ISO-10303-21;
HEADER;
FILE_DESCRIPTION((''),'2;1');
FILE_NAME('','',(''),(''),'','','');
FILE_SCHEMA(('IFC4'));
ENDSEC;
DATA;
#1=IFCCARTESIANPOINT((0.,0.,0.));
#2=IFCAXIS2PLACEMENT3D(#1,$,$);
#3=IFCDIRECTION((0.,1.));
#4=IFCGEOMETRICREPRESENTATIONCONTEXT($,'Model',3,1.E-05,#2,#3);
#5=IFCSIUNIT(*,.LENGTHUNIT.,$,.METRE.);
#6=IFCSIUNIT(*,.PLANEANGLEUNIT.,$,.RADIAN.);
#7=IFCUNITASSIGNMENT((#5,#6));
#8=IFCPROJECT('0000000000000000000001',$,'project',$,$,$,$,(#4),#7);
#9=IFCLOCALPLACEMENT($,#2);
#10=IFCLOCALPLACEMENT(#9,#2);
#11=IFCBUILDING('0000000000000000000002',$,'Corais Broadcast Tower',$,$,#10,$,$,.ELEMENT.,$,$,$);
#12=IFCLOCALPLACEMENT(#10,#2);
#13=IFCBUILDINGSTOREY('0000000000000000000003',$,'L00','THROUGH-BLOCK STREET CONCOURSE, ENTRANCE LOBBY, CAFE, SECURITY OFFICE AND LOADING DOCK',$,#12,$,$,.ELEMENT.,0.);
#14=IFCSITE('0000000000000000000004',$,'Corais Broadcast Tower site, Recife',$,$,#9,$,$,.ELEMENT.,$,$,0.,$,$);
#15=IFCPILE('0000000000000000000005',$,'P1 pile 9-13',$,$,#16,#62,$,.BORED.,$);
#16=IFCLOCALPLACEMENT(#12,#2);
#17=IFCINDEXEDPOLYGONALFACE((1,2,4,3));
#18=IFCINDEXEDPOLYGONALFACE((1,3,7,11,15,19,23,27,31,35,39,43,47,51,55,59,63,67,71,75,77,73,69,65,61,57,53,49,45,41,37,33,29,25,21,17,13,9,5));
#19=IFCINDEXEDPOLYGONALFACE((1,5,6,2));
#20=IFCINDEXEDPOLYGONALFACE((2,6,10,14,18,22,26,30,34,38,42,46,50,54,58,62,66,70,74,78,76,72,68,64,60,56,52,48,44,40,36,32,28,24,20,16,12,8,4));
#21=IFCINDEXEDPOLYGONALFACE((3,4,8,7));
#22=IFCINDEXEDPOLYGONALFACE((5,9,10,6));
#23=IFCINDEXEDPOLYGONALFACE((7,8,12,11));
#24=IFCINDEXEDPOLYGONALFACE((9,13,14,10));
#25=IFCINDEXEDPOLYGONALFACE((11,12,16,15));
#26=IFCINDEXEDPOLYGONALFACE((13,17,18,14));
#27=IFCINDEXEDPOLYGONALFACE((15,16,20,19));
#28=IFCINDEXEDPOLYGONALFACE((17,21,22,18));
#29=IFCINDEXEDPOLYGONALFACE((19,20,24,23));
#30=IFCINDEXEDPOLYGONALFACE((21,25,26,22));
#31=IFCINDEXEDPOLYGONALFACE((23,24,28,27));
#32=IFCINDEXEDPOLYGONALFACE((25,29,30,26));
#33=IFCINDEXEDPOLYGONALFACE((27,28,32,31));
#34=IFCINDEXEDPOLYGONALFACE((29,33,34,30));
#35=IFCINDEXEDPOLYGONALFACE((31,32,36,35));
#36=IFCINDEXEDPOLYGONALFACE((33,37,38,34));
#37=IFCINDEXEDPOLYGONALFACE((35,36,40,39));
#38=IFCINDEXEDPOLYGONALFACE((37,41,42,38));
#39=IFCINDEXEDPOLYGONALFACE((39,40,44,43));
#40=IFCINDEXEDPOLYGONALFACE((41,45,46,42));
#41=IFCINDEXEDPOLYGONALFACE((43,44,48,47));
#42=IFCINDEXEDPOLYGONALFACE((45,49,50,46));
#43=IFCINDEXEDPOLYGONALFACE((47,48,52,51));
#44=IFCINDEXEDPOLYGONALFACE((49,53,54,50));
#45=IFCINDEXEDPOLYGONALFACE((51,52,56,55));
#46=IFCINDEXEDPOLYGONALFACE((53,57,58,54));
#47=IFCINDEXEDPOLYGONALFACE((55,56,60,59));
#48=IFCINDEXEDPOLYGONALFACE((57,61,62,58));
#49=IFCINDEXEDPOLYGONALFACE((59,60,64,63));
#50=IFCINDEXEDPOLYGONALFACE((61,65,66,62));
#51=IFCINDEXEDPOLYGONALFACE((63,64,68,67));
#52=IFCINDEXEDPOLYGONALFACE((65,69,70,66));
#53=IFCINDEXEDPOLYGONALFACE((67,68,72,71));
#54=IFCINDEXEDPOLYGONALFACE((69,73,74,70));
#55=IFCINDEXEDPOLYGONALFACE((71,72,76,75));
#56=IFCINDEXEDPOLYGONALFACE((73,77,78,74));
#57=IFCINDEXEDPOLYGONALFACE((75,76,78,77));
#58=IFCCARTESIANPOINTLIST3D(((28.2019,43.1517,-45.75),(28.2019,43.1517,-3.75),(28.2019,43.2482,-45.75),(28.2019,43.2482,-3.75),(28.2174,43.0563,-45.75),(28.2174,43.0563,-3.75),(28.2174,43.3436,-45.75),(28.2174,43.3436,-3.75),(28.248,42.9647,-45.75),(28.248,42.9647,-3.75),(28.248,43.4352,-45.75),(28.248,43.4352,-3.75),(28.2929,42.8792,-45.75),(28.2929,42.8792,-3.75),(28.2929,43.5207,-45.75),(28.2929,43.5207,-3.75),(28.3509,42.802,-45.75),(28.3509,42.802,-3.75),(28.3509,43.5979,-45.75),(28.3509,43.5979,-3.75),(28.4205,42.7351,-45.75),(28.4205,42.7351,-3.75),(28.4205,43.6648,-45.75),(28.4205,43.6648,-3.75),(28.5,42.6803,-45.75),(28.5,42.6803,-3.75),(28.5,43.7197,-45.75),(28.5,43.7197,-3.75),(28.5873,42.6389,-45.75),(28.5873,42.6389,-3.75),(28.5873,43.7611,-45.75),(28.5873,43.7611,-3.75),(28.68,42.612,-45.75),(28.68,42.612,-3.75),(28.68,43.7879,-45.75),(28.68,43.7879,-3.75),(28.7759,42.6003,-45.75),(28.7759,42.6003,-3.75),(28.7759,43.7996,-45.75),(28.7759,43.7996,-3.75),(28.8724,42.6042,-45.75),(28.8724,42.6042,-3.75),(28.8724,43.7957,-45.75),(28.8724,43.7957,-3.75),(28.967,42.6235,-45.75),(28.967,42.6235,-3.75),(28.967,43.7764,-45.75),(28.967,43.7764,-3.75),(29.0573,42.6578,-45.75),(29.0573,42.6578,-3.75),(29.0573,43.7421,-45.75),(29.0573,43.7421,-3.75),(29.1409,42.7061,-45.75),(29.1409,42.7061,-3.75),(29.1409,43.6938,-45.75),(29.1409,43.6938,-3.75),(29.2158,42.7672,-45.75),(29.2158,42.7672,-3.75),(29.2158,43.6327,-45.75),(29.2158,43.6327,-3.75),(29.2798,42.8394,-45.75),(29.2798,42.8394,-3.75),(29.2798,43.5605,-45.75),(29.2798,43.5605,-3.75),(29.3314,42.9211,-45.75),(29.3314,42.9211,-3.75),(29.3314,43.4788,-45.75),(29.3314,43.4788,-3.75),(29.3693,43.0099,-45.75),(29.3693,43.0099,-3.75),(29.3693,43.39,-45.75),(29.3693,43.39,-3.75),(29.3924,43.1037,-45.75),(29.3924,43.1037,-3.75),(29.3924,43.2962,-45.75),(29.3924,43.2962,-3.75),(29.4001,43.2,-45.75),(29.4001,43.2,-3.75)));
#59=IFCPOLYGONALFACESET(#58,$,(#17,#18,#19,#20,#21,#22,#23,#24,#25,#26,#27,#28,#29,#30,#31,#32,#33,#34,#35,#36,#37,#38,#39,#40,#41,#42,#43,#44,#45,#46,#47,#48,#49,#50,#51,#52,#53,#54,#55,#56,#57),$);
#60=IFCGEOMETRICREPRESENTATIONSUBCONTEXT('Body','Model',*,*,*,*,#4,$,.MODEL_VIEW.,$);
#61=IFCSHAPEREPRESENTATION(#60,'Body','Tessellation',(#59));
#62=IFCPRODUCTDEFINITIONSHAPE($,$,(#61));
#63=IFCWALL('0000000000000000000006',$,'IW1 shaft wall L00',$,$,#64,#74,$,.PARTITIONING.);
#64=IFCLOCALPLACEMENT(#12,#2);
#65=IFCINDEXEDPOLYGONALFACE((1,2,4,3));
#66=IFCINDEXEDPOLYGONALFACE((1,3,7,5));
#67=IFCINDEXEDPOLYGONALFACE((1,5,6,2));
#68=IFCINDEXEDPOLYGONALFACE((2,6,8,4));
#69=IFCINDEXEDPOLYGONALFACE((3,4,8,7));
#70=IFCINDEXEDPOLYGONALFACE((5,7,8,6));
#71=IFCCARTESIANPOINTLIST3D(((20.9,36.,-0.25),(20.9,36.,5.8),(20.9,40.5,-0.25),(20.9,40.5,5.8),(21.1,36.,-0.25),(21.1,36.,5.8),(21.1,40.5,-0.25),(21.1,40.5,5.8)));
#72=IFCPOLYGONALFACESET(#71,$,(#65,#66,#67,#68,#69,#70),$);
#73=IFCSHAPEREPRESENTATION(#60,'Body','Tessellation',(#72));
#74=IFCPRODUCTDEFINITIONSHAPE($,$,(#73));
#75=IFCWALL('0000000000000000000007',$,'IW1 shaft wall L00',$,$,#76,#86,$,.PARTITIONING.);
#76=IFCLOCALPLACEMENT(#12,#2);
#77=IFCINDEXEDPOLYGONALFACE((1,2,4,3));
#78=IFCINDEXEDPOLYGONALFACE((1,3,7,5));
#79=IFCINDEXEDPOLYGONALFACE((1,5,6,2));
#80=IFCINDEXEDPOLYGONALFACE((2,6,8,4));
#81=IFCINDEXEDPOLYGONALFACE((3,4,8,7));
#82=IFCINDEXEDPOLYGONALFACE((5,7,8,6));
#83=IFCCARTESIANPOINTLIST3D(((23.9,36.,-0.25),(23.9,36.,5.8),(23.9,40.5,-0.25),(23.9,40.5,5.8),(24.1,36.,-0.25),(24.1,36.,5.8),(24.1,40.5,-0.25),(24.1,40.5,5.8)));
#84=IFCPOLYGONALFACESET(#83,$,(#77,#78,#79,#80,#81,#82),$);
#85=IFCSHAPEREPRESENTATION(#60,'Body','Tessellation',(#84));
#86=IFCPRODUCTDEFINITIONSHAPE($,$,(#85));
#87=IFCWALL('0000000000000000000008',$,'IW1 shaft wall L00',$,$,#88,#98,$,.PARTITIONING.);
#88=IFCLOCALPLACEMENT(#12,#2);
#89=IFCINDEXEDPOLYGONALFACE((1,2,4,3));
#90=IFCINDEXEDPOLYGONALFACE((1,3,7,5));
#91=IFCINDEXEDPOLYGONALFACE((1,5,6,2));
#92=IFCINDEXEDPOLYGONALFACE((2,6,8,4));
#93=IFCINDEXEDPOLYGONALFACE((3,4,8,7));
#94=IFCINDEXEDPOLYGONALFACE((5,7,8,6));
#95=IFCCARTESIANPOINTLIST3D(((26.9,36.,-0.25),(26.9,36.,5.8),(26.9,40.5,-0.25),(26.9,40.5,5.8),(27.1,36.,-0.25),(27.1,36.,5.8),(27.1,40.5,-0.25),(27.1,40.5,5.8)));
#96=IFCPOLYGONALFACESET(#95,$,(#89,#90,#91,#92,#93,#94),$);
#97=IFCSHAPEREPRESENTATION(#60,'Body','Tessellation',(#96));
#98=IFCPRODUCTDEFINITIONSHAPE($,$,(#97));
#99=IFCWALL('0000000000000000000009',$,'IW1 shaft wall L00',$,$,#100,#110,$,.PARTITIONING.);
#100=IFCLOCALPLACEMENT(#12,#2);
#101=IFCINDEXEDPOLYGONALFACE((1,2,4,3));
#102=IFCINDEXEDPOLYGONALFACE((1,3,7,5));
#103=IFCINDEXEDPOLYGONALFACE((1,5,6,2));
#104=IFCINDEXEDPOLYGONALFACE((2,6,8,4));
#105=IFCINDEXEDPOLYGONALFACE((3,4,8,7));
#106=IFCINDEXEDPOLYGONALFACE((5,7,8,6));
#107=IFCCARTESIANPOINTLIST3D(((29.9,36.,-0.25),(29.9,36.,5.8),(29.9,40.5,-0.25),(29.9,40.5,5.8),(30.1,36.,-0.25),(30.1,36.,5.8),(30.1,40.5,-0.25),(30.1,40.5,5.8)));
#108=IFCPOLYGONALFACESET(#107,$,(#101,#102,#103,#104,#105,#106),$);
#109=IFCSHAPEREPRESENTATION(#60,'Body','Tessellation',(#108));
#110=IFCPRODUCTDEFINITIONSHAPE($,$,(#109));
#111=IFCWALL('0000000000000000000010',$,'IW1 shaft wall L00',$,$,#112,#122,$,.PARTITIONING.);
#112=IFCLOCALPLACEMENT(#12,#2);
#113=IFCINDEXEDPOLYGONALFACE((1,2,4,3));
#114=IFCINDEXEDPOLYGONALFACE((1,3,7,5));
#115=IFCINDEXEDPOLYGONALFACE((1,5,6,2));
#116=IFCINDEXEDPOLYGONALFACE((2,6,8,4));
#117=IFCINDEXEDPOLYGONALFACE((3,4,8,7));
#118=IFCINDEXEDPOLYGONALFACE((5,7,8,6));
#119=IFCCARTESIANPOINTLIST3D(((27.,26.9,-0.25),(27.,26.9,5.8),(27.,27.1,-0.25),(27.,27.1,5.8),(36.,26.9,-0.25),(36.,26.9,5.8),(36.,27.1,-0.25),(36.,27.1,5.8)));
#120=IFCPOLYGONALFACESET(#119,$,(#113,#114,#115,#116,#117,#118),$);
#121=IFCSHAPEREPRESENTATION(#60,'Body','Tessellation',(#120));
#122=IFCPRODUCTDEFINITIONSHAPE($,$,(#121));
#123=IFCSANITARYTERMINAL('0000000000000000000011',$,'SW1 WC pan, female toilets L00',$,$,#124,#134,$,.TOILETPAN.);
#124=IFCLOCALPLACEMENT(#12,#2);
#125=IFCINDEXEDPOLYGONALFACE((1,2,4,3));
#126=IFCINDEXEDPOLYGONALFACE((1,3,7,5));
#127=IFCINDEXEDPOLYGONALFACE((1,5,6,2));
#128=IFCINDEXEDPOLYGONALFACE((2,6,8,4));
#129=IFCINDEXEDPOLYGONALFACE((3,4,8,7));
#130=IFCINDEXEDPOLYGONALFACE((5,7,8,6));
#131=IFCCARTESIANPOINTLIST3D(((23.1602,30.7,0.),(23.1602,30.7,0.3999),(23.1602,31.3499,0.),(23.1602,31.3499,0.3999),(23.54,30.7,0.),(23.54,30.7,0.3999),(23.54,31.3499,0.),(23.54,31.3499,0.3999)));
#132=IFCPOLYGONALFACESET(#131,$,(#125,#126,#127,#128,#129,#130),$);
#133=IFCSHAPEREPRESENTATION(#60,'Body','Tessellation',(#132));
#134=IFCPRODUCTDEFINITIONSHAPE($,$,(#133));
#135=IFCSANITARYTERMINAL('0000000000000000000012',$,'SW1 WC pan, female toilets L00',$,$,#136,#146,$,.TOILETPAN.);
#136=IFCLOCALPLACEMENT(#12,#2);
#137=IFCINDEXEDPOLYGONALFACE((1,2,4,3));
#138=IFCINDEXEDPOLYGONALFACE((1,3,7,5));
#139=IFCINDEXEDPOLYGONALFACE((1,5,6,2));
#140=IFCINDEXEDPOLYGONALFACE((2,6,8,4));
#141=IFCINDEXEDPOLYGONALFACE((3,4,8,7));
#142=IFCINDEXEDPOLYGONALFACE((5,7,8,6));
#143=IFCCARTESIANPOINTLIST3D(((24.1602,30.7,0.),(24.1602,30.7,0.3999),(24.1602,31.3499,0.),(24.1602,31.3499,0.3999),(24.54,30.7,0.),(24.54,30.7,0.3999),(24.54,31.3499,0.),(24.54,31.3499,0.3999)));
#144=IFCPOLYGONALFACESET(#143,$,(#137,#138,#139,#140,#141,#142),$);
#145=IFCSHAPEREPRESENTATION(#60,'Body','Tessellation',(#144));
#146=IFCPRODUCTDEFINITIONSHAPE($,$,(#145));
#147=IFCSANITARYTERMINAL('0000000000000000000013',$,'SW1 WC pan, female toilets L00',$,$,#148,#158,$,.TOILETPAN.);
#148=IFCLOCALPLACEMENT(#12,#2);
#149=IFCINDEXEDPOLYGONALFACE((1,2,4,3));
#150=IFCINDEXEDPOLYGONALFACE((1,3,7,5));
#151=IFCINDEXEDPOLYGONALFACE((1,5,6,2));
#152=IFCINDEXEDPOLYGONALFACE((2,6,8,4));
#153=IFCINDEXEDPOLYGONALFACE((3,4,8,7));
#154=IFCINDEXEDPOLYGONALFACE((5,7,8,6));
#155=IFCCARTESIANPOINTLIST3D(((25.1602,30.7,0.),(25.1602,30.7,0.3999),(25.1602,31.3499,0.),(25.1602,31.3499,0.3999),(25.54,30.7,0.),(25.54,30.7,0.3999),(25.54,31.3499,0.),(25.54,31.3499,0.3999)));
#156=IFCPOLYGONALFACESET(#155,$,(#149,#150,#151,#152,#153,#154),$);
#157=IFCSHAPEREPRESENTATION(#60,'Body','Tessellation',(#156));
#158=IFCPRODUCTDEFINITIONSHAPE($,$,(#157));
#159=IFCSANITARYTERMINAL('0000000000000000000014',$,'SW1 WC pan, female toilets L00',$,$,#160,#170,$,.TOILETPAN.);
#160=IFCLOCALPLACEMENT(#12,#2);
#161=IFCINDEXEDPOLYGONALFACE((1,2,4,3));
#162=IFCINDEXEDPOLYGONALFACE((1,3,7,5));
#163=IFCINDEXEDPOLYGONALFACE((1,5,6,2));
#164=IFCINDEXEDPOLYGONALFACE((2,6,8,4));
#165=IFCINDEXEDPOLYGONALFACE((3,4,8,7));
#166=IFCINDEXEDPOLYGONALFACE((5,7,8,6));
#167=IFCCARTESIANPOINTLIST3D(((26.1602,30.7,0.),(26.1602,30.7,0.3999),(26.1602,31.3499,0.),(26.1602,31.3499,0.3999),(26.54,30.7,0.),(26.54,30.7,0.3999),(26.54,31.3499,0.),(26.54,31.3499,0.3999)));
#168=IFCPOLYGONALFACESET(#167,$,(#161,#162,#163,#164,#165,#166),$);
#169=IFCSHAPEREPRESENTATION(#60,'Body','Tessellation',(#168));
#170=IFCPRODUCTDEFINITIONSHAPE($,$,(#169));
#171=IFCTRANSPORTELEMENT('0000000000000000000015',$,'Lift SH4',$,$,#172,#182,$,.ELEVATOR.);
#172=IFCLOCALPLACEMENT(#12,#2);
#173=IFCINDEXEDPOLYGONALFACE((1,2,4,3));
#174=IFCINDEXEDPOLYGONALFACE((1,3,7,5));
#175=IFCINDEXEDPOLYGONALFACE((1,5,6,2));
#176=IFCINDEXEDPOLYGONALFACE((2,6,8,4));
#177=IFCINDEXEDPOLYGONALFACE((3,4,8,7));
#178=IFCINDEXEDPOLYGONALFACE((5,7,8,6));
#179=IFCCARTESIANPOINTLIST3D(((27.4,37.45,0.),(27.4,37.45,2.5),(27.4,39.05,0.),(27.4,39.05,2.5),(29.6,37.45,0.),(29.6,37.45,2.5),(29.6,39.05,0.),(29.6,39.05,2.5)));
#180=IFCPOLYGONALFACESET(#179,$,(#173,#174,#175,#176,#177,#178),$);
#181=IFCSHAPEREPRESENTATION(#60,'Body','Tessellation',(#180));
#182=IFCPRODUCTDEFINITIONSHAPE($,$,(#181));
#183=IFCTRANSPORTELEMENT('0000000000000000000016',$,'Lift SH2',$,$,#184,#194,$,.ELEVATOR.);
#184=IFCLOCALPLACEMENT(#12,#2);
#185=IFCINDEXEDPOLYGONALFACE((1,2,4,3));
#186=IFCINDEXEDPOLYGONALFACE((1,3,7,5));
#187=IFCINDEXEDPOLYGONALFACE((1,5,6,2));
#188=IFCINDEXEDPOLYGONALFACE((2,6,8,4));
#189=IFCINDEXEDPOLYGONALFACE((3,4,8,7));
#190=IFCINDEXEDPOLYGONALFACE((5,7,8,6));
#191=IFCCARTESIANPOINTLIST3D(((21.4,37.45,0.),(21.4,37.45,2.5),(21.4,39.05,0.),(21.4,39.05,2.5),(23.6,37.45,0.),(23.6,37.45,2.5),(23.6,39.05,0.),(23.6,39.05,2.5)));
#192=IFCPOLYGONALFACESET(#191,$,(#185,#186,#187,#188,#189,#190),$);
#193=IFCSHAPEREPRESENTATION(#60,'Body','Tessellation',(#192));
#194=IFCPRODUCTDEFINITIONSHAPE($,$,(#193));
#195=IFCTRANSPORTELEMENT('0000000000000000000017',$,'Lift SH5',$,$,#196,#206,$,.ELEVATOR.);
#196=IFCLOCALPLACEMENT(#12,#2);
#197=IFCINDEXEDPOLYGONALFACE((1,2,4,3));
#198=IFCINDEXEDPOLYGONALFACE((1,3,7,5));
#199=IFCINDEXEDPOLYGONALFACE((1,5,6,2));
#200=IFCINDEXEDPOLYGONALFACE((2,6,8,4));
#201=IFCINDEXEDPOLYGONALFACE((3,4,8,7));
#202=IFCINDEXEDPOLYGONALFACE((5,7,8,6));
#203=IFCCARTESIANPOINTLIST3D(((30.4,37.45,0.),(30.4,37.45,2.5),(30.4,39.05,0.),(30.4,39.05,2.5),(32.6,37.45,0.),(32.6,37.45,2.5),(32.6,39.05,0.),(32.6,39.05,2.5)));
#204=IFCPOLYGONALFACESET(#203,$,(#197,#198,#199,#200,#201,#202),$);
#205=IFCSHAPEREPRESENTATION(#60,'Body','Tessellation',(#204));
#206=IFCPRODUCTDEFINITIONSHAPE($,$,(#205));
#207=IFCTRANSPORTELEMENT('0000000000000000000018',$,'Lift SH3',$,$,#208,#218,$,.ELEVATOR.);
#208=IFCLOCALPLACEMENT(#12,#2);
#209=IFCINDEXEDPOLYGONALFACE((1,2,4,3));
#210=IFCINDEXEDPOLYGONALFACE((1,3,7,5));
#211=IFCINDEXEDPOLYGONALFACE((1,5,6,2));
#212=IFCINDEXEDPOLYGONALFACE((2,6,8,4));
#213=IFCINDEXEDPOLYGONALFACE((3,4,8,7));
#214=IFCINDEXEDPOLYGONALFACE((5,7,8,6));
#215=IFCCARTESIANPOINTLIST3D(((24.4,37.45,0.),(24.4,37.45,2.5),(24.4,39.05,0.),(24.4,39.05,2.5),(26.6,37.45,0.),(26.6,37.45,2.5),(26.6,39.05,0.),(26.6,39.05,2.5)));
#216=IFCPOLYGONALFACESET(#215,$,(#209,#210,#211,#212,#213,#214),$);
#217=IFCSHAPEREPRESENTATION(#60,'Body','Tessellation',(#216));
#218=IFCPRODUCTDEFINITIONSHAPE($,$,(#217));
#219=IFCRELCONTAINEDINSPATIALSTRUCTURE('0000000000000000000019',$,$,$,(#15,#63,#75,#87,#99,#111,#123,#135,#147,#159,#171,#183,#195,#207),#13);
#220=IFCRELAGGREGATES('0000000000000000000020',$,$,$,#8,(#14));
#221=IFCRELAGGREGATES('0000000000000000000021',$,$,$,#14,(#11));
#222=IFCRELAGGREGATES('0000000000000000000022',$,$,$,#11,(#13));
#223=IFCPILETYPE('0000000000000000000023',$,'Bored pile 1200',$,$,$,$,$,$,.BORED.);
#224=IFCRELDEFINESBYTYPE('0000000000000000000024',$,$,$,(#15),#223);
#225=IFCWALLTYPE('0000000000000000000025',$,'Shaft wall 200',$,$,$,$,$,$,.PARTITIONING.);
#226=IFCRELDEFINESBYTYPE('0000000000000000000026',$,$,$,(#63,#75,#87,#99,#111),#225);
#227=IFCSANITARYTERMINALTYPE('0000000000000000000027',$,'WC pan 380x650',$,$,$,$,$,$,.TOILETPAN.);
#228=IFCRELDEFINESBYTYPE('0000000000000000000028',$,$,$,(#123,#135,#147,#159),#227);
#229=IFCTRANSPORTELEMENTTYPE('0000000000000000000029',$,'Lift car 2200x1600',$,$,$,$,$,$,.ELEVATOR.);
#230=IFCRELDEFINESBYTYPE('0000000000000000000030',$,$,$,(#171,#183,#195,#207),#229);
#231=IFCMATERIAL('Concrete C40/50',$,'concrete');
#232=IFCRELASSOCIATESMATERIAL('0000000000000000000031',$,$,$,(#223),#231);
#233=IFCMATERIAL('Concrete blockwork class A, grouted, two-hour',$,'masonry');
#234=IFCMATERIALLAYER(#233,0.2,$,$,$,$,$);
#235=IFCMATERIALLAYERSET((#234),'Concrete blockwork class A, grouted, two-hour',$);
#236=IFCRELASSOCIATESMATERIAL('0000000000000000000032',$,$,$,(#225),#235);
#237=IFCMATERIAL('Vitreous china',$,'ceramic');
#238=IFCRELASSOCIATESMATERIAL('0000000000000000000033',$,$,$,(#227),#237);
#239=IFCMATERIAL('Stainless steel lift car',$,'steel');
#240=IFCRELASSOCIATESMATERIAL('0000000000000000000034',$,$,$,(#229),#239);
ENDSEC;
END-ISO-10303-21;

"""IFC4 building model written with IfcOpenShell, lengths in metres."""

from ifc_helpers import new_model, si_unit, direction, frame, frame_2d, origin, origin_2d, place, context, subcontext, project, spatial, rectangle, circle, extrude, material, layer, layer_set, type_object, element, save


model = new_model("IFC4")

# Units and contexts
model_context = context("Model", 3, precision=1e-05, world=origin(), true_north=direction((0.0, 1.0)))
body_context = subcontext(model_context, "Body", "Model", "MODEL_VIEW")
ifc_project = project(units=[si_unit("LENGTHUNIT", "METRE"), si_unit("PLANEANGLEUNIT", "RADIAN")], contexts=[model_context])

# Site, building, storey
site_placement = place(None, origin())
site = spatial("IfcSite", under=ifc_project, at=site_placement, Name="Corais Broadcast Tower site, Recife", CompositionType="ELEMENT", RefElevation=0.0)
building_placement = place(site_placement, origin())
building = spatial("IfcBuilding", under=site, at=building_placement, Name="Corais Broadcast Tower", CompositionType="ELEMENT")
storey_placement = place(building_placement, origin())
storey = spatial("IfcBuildingStorey", under=building, at=storey_placement, Name="L00", Description="THROUGH-BLOCK STREET CONCOURSE, ENTRANCE LOBBY, CAFE, SECURITY OFFICE AND LOADING DOCK", CompositionType="ELEMENT", Elevation=0.0)

# Pile
ifc_material_1 = material(Name="Concrete C40/50", Category="concrete")
pile_type = type_object("IfcPileType", Name="Bored pile 1200", PredefinedType="BORED", material=ifc_material_1)
for number, where, z_axis, x_axis, name in (
    (1, (28.8, 43.2, -3.75), (0.0, 0.0, -1.0), (1.0, 0.0, 0.0), "P1 pile 9-13"),
):
    element("IfcPile", number, at=place(storey_placement, frame(where, z_axis=z_axis, x_axis=x_axis)), inside=storey, type_object=pile_type, Name=name, PredefinedType="BORED", context=body_context, shape_type="SweptSolid", body=[
        extrude(circle(Radius=0.6001, at=origin_2d()), origin(), (0.0, 0.0, 1.0), 42.0),
    ])

# Walls
ifc_material_2 = material(Name="Concrete blockwork class A, grouted, two-hour", Category="masonry")
ifc_layer = layer(ifc_material_2, 0.2)
ifc_layer_set = layer_set([ifc_layer], Name="Concrete blockwork class A, grouted, two-hour")
wall_type = type_object("IfcWallType", Name="Shaft wall 200", PredefinedType="PARTITIONING", material=ifc_layer_set)
for number, where, z_axis, x_axis, name in (
    (2, (21.0, 36.0, -0.25), (0.0, 0.0, 1.0), (0.0, 1.0, 0.0), "IW1 shaft wall L00"),
    (3, (24.0, 36.0, -0.25), (0.0, 0.0, 1.0), (0.0, 1.0, 0.0), "IW1 shaft wall L00"),
    (4, (27.0, 36.0, -0.25), (0.0, 0.0, 1.0), (0.0, 1.0, 0.0), "IW1 shaft wall L00"),
    (5, (30.0, 36.0, -0.25), (0.0, 0.0, 1.0), (0.0, 1.0, 0.0), "IW1 shaft wall L00"),
):
    element("IfcWall", number, at=place(storey_placement, frame(where, z_axis=z_axis, x_axis=x_axis)), inside=storey, type_object=wall_type, Name=name, PredefinedType="PARTITIONING", context=body_context, shape_type="SweptSolid", body=[
        extrude(rectangle(XDim=4.5, YDim=0.2, at=frame_2d((2.25, 0.0))), origin(), (0.0, 0.0, 1.0), 6.05),
    ])
wall_placement = place(storey_placement, frame((27.0, 27.0, -0.25), z_axis=(0.0, 0.0, 1.0), x_axis=(1.0, 0.0, 0.0)))
element("IfcWall", 6, at=wall_placement, inside=storey, type_object=wall_type, Name="IW1 shaft wall L00", PredefinedType="PARTITIONING", context=body_context, shape_type="SweptSolid", body=[
    extrude(rectangle(XDim=9.0, YDim=0.2, at=frame_2d((4.5, 0.0))), origin(), (0.0, 0.0, 1.0), 6.05),
])

# Sanitary terminals
ifc_material_3 = material(Name="Vitreous china", Category="ceramic")
sanitary_terminal_type = type_object("IfcSanitaryTerminalType", Name="WC pan 380x650", PredefinedType="TOILETPAN", material=ifc_material_3)
for number, where, z_axis, x_axis, name in (
    (7, (23.3501, 31.0249, 0.0), (0.0, 0.0, 1.0), (1.0, 0.0, 0.0), "SW1 WC pan, female toilets L00"),
    (8, (24.3501, 31.0249, 0.0), (0.0, 0.0, 1.0), (1.0, 0.0, 0.0), "SW1 WC pan, female toilets L00"),
    (9, (25.3501, 31.0249, 0.0), (0.0, 0.0, 1.0), (1.0, 0.0, 0.0), "SW1 WC pan, female toilets L00"),
    (10, (26.3501, 31.0249, 0.0), (0.0, 0.0, 1.0), (1.0, 0.0, 0.0), "SW1 WC pan, female toilets L00"),
):
    element("IfcSanitaryTerminal", number, at=place(storey_placement, frame(where, z_axis=z_axis, x_axis=x_axis)), inside=storey, type_object=sanitary_terminal_type, Name=name, PredefinedType="TOILETPAN", context=body_context, shape_type="SweptSolid", body=[
        extrude(rectangle(XDim=0.3799, YDim=0.6499, at=origin_2d()), origin(), (0.0, 0.0, 1.0), 0.3999),
    ])

# Transport elements
ifc_material_4 = material(Name="Stainless steel lift car", Category="steel")
transport_element_type = type_object("IfcTransportElementType", Name="Lift car 2200x1600", PredefinedType="ELEVATOR", material=ifc_material_4)
for number, where, z_axis, x_axis, name in (
    (11, (28.5, 38.25, 0.0), (0.0, 0.0, 1.0), (1.0, 0.0, 0.0), "Lift SH4"),
    (12, (22.5, 38.25, 0.0), (0.0, 0.0, 1.0), (1.0, 0.0, 0.0), "Lift SH2"),
    (13, (31.5, 38.25, 0.0), (0.0, 0.0, 1.0), (1.0, 0.0, 0.0), "Lift SH5"),
    (14, (25.5, 38.25, 0.0), (0.0, 0.0, 1.0), (1.0, 0.0, 0.0), "Lift SH3"),
):
    element("IfcTransportElement", number, at=place(storey_placement, frame(where, z_axis=z_axis, x_axis=x_axis)), inside=storey, type_object=transport_element_type, Name=name, PredefinedType="ELEVATOR", context=body_context, shape_type="SweptSolid", body=[
        extrude(rectangle(XDim=2.2, YDim=1.6001, at=origin_2d()), origin(), (0.0, 0.0, 1.0), 2.5),
    ])

save(model, "model.ifc")
